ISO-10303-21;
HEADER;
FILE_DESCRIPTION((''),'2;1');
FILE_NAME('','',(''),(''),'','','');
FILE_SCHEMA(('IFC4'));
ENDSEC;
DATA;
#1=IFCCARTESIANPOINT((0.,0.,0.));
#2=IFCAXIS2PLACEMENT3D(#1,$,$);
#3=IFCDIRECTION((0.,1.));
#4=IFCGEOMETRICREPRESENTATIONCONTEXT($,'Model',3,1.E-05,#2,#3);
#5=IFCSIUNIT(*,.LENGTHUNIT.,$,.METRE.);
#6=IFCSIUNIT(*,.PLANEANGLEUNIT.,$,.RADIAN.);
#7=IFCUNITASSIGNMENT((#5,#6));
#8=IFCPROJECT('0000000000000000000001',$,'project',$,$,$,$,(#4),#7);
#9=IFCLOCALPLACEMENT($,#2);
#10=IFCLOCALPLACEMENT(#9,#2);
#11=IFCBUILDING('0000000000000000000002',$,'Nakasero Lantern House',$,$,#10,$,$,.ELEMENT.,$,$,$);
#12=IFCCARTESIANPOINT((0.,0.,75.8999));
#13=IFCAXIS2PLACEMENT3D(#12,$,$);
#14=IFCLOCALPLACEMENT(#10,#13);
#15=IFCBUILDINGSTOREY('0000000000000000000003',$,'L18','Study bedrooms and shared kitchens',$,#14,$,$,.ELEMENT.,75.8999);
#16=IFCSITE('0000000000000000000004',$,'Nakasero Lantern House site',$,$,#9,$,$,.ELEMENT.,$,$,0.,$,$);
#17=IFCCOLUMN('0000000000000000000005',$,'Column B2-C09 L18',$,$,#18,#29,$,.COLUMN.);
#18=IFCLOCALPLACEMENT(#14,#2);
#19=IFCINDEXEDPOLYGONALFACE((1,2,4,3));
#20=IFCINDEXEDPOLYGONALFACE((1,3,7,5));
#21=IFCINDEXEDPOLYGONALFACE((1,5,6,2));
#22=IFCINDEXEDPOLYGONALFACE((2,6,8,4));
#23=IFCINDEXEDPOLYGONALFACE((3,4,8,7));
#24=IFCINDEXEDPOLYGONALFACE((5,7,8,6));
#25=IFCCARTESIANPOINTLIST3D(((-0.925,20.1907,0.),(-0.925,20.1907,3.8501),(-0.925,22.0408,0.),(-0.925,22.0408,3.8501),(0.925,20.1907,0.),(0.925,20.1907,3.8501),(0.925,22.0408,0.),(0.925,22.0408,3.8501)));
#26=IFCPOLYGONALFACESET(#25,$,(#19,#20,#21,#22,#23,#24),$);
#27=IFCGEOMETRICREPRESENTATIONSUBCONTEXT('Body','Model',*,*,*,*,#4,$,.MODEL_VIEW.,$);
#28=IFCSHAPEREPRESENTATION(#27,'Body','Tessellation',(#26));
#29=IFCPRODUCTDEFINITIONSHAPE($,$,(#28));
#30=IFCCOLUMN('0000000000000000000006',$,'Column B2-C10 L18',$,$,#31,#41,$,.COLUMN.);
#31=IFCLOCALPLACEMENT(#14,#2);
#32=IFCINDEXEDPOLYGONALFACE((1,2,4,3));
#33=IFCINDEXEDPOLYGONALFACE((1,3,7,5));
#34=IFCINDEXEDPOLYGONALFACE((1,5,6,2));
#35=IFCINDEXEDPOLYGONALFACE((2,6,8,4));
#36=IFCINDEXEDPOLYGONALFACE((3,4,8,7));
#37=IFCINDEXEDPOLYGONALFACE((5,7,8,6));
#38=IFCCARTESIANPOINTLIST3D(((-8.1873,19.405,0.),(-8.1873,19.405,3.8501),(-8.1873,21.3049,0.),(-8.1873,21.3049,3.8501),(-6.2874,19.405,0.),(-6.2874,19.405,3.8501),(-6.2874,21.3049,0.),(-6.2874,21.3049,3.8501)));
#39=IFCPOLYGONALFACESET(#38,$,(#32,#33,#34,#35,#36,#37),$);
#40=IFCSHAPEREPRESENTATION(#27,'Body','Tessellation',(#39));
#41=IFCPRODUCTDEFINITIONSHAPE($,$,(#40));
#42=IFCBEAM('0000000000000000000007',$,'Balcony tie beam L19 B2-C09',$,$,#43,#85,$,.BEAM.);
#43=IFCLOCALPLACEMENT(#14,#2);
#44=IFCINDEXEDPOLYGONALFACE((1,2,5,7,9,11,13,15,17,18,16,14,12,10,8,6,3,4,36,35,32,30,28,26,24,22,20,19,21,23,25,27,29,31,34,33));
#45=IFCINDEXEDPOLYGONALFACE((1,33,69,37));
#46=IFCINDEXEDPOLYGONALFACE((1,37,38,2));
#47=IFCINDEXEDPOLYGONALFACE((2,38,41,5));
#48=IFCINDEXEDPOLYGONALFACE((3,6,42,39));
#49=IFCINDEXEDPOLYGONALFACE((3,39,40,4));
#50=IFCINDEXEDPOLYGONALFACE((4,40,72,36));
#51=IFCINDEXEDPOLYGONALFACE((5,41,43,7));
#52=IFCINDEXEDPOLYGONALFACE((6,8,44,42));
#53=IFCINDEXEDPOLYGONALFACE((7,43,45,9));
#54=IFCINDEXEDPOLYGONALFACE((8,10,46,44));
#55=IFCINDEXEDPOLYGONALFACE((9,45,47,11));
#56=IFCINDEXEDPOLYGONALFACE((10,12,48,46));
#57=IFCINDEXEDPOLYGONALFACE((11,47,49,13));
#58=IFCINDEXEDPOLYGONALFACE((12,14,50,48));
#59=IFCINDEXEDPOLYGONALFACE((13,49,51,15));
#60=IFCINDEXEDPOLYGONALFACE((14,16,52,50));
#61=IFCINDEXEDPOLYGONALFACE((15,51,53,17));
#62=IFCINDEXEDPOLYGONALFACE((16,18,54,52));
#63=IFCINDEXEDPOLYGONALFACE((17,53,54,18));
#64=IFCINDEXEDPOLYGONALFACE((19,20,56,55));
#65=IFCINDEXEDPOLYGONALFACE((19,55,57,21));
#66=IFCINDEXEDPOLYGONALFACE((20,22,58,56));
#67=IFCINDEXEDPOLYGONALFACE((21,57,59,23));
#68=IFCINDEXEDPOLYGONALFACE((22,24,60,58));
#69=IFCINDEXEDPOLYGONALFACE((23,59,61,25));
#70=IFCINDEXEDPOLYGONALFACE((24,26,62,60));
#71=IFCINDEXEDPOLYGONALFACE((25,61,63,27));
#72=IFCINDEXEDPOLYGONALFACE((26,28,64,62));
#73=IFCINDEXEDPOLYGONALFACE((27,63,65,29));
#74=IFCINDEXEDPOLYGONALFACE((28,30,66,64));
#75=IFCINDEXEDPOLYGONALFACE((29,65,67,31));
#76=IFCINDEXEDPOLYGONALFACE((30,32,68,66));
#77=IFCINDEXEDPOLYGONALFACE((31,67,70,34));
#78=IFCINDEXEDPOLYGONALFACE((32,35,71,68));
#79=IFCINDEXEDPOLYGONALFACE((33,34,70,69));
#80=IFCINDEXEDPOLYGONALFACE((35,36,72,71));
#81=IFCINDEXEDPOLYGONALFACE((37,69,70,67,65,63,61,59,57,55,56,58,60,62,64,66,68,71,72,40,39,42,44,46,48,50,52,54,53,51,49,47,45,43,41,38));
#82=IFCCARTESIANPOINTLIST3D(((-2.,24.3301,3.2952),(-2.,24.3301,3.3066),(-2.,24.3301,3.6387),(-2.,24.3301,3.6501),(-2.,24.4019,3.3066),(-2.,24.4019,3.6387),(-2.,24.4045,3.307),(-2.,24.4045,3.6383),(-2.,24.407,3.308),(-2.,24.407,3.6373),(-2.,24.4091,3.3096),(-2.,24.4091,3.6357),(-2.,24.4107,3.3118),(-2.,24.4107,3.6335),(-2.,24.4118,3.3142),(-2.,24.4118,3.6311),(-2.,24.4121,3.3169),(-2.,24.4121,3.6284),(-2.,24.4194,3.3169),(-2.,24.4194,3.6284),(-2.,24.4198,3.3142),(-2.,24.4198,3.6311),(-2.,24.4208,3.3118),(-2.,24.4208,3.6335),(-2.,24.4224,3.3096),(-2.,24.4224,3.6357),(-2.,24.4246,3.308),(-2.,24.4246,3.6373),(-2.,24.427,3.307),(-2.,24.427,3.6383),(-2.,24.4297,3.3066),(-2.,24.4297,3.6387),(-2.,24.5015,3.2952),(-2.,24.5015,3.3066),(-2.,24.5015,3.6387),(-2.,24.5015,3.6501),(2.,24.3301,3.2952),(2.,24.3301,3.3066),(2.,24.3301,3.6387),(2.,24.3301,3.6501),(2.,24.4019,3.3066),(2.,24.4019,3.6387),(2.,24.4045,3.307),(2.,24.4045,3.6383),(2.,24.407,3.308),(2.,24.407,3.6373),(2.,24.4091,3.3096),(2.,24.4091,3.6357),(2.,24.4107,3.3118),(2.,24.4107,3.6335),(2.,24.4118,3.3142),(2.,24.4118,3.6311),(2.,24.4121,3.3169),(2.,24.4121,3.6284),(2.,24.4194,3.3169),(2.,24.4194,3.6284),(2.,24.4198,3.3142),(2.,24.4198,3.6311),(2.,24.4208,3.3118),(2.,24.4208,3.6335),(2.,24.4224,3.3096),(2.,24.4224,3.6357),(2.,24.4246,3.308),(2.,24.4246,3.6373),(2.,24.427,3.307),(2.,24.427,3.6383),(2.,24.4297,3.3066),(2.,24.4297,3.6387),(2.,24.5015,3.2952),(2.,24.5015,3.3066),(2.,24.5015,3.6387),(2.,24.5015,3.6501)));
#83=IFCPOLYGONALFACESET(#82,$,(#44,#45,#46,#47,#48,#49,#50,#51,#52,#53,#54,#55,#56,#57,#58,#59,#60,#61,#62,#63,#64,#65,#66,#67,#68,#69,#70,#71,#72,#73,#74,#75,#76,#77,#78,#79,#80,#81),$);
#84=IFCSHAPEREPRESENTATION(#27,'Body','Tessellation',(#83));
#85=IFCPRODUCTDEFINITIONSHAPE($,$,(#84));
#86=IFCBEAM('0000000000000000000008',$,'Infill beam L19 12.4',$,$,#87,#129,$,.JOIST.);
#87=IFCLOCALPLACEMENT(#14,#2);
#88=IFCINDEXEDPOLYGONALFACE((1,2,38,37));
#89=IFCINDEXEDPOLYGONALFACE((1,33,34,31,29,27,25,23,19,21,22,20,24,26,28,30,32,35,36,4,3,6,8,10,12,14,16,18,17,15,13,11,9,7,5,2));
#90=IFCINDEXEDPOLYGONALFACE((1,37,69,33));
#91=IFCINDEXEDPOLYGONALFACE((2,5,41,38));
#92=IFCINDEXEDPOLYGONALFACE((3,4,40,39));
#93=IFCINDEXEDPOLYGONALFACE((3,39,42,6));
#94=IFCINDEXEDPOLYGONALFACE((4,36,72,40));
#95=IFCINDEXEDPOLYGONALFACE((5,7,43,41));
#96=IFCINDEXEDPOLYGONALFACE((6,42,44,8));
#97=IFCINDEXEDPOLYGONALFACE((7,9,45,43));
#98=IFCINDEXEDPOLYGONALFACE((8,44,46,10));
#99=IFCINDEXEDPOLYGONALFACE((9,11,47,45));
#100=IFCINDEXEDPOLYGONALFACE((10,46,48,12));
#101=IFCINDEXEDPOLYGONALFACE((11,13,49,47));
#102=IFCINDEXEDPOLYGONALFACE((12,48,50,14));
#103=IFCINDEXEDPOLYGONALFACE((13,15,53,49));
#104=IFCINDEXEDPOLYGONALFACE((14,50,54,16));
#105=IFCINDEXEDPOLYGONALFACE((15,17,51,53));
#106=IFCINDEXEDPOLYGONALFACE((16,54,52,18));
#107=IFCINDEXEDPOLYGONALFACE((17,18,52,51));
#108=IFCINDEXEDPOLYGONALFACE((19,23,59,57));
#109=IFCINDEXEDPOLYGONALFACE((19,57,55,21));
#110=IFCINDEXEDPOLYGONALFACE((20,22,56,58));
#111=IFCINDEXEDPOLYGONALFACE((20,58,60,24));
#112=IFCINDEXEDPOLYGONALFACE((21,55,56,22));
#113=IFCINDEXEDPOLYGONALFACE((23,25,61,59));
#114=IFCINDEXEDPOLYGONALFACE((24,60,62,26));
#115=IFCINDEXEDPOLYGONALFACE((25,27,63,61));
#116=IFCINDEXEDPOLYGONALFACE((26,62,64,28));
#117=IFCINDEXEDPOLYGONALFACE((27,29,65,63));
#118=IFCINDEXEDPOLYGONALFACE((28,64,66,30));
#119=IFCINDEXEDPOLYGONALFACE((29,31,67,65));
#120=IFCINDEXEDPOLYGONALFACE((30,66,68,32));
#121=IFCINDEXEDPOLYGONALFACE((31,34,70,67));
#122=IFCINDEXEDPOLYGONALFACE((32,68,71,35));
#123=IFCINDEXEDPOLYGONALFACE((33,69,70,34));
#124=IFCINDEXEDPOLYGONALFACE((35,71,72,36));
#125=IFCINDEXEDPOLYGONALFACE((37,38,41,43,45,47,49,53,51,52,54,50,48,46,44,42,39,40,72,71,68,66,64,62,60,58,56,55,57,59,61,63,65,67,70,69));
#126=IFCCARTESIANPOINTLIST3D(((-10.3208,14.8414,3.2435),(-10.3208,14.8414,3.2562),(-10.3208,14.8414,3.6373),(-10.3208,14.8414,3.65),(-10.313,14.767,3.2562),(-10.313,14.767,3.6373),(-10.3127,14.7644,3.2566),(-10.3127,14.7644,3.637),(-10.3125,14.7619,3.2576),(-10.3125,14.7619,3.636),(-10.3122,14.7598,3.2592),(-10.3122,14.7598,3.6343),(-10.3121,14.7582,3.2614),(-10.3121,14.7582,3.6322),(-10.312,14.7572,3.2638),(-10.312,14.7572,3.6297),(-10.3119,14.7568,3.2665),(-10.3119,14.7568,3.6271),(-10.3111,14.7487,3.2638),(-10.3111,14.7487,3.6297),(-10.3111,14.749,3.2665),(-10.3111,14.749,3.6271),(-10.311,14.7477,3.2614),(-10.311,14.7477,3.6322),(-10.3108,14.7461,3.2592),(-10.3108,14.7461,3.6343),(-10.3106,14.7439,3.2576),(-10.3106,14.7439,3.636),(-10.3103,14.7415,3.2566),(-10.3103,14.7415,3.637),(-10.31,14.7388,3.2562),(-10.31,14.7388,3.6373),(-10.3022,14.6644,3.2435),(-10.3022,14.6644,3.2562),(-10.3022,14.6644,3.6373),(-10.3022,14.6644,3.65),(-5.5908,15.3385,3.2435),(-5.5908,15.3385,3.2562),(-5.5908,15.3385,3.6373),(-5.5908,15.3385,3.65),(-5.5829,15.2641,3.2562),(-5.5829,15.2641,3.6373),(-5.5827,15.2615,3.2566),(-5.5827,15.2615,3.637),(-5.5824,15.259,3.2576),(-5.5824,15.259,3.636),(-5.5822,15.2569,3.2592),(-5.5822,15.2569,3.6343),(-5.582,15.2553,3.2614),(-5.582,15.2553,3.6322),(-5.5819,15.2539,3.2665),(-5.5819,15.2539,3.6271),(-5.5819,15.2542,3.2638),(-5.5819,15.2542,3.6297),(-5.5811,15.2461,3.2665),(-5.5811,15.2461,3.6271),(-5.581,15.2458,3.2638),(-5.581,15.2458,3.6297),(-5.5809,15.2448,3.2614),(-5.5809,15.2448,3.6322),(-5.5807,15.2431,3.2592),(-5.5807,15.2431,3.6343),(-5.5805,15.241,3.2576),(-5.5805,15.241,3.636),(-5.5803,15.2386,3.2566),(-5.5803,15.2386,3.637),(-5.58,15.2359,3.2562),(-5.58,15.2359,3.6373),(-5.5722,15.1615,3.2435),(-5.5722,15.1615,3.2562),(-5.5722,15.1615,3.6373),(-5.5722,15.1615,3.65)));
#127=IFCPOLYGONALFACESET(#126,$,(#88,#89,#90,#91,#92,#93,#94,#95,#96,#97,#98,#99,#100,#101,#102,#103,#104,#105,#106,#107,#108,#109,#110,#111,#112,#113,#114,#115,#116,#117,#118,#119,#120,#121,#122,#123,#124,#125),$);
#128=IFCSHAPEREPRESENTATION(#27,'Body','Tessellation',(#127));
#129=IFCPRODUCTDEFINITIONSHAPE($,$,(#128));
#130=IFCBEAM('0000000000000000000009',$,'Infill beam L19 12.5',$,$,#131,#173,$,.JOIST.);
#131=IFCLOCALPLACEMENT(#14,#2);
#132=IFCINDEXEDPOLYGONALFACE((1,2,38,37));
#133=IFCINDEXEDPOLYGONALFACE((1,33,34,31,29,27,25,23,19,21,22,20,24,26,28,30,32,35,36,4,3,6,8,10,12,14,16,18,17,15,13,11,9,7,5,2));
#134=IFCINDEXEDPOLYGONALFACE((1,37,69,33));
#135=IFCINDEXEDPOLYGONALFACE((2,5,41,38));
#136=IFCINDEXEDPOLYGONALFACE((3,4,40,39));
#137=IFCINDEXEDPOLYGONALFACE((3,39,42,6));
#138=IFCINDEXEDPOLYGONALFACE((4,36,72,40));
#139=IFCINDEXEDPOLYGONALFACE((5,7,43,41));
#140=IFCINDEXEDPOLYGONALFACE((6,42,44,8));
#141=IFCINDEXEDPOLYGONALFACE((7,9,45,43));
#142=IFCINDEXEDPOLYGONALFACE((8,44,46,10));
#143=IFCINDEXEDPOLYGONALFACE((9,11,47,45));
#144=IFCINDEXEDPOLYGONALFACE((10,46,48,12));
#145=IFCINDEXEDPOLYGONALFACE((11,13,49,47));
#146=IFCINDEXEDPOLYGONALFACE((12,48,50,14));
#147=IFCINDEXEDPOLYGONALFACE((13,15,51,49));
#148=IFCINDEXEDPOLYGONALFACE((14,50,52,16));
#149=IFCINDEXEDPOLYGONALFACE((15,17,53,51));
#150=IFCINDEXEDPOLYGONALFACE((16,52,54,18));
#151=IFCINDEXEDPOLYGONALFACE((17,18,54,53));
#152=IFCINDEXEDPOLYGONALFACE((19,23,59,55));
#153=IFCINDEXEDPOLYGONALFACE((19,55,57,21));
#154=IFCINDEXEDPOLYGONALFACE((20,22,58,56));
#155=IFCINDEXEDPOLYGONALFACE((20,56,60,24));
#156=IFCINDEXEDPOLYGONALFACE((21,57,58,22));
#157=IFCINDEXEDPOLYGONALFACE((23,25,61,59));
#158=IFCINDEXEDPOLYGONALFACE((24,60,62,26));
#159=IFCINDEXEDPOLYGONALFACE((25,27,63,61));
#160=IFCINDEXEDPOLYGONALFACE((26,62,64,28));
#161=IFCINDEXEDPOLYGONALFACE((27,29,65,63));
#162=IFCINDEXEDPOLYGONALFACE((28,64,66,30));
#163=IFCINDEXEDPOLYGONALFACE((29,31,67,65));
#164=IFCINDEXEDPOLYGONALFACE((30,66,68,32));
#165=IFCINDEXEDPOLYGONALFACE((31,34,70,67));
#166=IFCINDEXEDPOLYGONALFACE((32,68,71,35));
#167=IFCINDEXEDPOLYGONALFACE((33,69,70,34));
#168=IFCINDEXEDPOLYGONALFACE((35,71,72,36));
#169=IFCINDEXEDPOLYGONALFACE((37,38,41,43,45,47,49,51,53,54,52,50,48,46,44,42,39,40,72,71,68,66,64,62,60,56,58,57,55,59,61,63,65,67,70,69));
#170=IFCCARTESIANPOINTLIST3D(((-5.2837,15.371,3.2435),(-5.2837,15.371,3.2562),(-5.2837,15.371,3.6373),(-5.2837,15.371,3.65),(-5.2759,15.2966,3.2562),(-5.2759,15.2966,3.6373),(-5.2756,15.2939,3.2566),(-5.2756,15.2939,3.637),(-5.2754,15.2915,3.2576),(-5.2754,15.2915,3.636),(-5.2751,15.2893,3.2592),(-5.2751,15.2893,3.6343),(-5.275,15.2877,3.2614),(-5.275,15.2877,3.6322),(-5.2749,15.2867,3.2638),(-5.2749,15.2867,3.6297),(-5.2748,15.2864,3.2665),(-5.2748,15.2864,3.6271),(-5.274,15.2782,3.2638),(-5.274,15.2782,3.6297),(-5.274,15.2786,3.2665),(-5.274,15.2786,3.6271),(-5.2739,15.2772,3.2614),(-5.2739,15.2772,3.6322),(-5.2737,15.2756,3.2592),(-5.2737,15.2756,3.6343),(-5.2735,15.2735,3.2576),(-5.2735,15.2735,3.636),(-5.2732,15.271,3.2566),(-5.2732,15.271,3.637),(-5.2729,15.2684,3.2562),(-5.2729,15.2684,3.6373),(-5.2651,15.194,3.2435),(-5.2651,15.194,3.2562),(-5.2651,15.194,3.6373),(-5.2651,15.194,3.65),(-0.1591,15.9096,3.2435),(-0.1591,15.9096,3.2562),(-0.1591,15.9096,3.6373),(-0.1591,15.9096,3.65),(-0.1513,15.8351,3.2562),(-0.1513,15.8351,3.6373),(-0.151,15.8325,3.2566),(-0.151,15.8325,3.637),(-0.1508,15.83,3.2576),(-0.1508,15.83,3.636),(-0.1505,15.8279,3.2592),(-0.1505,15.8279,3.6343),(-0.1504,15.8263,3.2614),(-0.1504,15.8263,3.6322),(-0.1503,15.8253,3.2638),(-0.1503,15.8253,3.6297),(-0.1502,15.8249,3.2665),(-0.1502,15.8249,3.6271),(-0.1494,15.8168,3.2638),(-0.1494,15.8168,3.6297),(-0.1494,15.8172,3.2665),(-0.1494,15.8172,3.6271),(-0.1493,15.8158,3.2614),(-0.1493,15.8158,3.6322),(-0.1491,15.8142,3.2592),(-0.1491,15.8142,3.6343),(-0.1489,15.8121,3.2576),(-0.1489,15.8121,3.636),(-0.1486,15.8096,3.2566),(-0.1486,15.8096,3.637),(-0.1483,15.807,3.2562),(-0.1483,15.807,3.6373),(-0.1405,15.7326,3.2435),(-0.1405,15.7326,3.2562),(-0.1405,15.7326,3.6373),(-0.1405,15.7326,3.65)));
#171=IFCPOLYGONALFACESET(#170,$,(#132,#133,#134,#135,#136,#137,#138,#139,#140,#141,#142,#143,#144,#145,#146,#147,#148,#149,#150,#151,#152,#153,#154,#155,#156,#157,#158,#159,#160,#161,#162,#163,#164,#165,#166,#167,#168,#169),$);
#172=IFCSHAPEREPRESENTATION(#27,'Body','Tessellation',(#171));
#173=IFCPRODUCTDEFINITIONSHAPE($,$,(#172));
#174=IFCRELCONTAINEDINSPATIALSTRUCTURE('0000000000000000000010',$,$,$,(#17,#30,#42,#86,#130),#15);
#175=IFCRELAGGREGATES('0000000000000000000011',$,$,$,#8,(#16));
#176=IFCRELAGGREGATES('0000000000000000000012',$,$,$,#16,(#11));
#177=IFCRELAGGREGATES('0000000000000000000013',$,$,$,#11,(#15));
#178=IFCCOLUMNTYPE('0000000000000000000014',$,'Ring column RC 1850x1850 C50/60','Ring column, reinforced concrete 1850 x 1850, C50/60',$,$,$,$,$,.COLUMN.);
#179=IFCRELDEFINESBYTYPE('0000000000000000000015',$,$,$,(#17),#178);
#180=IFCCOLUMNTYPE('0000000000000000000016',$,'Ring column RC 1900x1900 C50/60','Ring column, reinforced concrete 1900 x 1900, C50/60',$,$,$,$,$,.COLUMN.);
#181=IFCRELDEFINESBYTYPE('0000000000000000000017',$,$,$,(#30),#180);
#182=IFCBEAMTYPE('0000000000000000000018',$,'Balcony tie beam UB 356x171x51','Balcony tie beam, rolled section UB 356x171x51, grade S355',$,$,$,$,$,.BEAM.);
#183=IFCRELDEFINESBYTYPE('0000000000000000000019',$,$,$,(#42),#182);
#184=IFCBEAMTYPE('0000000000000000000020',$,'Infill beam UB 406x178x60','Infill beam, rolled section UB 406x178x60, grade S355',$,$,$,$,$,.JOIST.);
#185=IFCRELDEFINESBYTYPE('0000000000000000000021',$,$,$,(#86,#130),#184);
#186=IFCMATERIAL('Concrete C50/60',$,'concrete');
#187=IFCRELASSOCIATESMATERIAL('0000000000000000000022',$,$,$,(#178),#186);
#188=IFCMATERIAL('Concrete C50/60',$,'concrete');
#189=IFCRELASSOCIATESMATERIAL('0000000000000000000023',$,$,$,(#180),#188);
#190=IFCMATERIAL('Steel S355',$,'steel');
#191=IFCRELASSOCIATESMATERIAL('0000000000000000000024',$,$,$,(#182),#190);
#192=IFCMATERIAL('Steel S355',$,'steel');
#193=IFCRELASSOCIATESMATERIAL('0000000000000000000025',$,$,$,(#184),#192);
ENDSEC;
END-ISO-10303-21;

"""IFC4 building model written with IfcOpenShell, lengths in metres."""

from ifc_helpers import new_model, si_unit, direction, frame, origin, origin_2d, place, context, subcontext, project, spatial, rectangle, i_section, extrude, material, material_profile, profile_set, type_object, element, save


model = new_model("IFC4")

# Units and contexts
model_context = context("Model", 3, precision=1e-05, world=origin(), true_north=direction((0.0, 1.0)))
body_context = subcontext(model_context, "Body", "Model", "MODEL_VIEW")
ifc_project = project(units=[si_unit("LENGTHUNIT", "METRE"), si_unit("PLANEANGLEUNIT", "RADIAN")], contexts=[model_context])

# Site, building, storey
site_placement = place(None, origin())
site = spatial("IfcSite", under=ifc_project, at=site_placement, Name="Nakasero Lantern House site", CompositionType="ELEMENT", RefElevation=0.0)
building_placement = place(site_placement, origin())
building = spatial("IfcBuilding", under=site, at=building_placement, Name="Nakasero Lantern House", CompositionType="ELEMENT")
storey_placement = place(building_placement, frame((0.0, 0.0, 75.8999)))
storey = spatial("IfcBuildingStorey", under=building, at=storey_placement, Name="L18", Description="Study bedrooms and shared kitchens", CompositionType="ELEMENT", Elevation=75.8999)

# Columns
ifc_material_1 = material(Name="Concrete C50/60", Category="concrete")
ifc_material_profile_1 = material_profile(ifc_material_1, rectangle(XDim=1.8501, YDim=1.8501, at=origin_2d()), Name="RC 1850x1850")
ifc_profile_set_1 = profile_set([ifc_material_profile_1], Name="Concrete C50/60")
column_type_1 = type_object("IfcColumnType", Name="Ring column RC 1850x1850 C50/60", Description="Ring column, reinforced concrete 1850 x 1850, C50/60", PredefinedType="COLUMN", material=ifc_profile_set_1)
column_1_placement = place(storey_placement, frame((0.0, 21.1157, 0.0), z_axis=(0.0, 0.0, 1.0), x_axis=(1.0, 0.0, 0.0)))
element("IfcColumn", 1, at=column_1_placement, inside=storey, type_object=column_type_1, Name="Column B2-C09 L18", PredefinedType="COLUMN", context=body_context, shape_type="SweptSolid", body=[
    extrude(rectangle(XDim=1.8501, YDim=1.8501, at=origin_2d()), origin(), (0.0, 0.0, 1.0), 3.8501),
])
ifc_material_2 = material(Name="Concrete C50/60", Category="concrete")
ifc_material_profile_2 = material_profile(ifc_material_2, rectangle(XDim=1.8999, YDim=1.8999, at=origin_2d()), Name="RC 1900x1900")
ifc_profile_set_2 = profile_set([ifc_material_profile_2], Name="Concrete C50/60")
column_type_2 = type_object("IfcColumnType", Name="Ring column RC 1900x1900 C50/60", Description="Ring column, reinforced concrete 1900 x 1900, C50/60", PredefinedType="COLUMN", material=ifc_profile_set_2)
column_2_placement = place(storey_placement, frame((-7.2373, 20.355, 0.0), z_axis=(0.0, 0.0, 1.0), x_axis=(1.0, 0.0, 0.0)))
element("IfcColumn", 2, at=column_2_placement, inside=storey, type_object=column_type_2, Name="Column B2-C10 L18", PredefinedType="COLUMN", context=body_context, shape_type="SweptSolid", body=[
    extrude(rectangle(XDim=1.8999, YDim=1.8999, at=origin_2d()), origin(), (0.0, 0.0, 1.0), 3.8501),
])

# Beams
ifc_material_3 = material(Name="Steel S355", Category="steel")
ifc_material_profile_3 = material_profile(ifc_material_3, i_section(OverallWidth=0.1714, OverallDepth=0.355, WebThickness=0.0073, FlangeThickness=0.0115, FilletRadius=0.0103, at=origin_2d()), Name="UB 356x171x51")
ifc_profile_set_3 = profile_set([ifc_material_profile_3], Name="Steel S355")
beam_type_1 = type_object("IfcBeamType", Name="Balcony tie beam UB 356x171x51", Description="Balcony tie beam, rolled section UB 356x171x51, grade S355", PredefinedType="BEAM", material=ifc_profile_set_3)
beam_1_placement = place(storey_placement, frame((-2.0, 24.4158, 3.4727), z_axis=(1.0, 0.0, 0.0), x_axis=(0.0, 1.0, 0.0)))
element("IfcBeam", 3, at=beam_1_placement, inside=storey, type_object=beam_type_1, Name="Balcony tie beam L19 B2-C09", PredefinedType="BEAM", context=body_context, shape_type="SweptSolid", body=[
    extrude(i_section(OverallWidth=0.1714, OverallDepth=0.355, WebThickness=0.0073, FlangeThickness=0.0115, FilletRadius=0.0103, at=origin_2d()), origin(), (0.0, 0.0, 1.0), 4.0),
])
ifc_material_4 = material(Name="Steel S355", Category="steel")
ifc_material_profile_4 = material_profile(ifc_material_4, i_section(OverallWidth=0.178, OverallDepth=0.4065, WebThickness=0.0078, FlangeThickness=0.0127, FilletRadius=0.0103, at=origin_2d()), Name="UB 406x178x60")
ifc_profile_set_4 = profile_set([ifc_material_profile_4], Name="Steel S355")
beam_type_2 = type_object("IfcBeamType", Name="Infill beam UB 406x178x60", Description="Infill beam, rolled section UB 406x178x60, grade S355", PredefinedType="JOIST", material=ifc_profile_set_4)
beam_2_placement = place(storey_placement, frame((-10.3115, 14.7529, 3.4468), z_axis=(0.994523, 0.104514, 0.0), x_axis=(-0.104514, 0.994523, 0.0)))
element("IfcBeam", 4, at=beam_2_placement, inside=storey, type_object=beam_type_2, Name="Infill beam L19 12.4", PredefinedType="JOIST", context=body_context, shape_type="SweptSolid", body=[
    extrude(i_section(OverallWidth=0.178, OverallDepth=0.4065, WebThickness=0.0078, FlangeThickness=0.0127, FilletRadius=0.0103, at=origin_2d()), origin(), (0.0, 0.0, 1.0), 4.7561),
])
beam_3_placement = place(storey_placement, frame((-5.2744, 15.2825, 3.4468), z_axis=(0.994523, 0.104522, 0.0), x_axis=(-0.104522, 0.994523, 0.0)))
element("IfcBeam", 5, at=beam_3_placement, inside=storey, type_object=beam_type_2, Name="Infill beam L19 12.5", PredefinedType="JOIST", context=body_context, shape_type="SweptSolid", body=[
    extrude(i_section(OverallWidth=0.178, OverallDepth=0.4065, WebThickness=0.0078, FlangeThickness=0.0127, FilletRadius=0.0103, at=origin_2d()), origin(), (0.0, 0.0, 1.0), 5.1528),
])

save(model, "model.ifc")
